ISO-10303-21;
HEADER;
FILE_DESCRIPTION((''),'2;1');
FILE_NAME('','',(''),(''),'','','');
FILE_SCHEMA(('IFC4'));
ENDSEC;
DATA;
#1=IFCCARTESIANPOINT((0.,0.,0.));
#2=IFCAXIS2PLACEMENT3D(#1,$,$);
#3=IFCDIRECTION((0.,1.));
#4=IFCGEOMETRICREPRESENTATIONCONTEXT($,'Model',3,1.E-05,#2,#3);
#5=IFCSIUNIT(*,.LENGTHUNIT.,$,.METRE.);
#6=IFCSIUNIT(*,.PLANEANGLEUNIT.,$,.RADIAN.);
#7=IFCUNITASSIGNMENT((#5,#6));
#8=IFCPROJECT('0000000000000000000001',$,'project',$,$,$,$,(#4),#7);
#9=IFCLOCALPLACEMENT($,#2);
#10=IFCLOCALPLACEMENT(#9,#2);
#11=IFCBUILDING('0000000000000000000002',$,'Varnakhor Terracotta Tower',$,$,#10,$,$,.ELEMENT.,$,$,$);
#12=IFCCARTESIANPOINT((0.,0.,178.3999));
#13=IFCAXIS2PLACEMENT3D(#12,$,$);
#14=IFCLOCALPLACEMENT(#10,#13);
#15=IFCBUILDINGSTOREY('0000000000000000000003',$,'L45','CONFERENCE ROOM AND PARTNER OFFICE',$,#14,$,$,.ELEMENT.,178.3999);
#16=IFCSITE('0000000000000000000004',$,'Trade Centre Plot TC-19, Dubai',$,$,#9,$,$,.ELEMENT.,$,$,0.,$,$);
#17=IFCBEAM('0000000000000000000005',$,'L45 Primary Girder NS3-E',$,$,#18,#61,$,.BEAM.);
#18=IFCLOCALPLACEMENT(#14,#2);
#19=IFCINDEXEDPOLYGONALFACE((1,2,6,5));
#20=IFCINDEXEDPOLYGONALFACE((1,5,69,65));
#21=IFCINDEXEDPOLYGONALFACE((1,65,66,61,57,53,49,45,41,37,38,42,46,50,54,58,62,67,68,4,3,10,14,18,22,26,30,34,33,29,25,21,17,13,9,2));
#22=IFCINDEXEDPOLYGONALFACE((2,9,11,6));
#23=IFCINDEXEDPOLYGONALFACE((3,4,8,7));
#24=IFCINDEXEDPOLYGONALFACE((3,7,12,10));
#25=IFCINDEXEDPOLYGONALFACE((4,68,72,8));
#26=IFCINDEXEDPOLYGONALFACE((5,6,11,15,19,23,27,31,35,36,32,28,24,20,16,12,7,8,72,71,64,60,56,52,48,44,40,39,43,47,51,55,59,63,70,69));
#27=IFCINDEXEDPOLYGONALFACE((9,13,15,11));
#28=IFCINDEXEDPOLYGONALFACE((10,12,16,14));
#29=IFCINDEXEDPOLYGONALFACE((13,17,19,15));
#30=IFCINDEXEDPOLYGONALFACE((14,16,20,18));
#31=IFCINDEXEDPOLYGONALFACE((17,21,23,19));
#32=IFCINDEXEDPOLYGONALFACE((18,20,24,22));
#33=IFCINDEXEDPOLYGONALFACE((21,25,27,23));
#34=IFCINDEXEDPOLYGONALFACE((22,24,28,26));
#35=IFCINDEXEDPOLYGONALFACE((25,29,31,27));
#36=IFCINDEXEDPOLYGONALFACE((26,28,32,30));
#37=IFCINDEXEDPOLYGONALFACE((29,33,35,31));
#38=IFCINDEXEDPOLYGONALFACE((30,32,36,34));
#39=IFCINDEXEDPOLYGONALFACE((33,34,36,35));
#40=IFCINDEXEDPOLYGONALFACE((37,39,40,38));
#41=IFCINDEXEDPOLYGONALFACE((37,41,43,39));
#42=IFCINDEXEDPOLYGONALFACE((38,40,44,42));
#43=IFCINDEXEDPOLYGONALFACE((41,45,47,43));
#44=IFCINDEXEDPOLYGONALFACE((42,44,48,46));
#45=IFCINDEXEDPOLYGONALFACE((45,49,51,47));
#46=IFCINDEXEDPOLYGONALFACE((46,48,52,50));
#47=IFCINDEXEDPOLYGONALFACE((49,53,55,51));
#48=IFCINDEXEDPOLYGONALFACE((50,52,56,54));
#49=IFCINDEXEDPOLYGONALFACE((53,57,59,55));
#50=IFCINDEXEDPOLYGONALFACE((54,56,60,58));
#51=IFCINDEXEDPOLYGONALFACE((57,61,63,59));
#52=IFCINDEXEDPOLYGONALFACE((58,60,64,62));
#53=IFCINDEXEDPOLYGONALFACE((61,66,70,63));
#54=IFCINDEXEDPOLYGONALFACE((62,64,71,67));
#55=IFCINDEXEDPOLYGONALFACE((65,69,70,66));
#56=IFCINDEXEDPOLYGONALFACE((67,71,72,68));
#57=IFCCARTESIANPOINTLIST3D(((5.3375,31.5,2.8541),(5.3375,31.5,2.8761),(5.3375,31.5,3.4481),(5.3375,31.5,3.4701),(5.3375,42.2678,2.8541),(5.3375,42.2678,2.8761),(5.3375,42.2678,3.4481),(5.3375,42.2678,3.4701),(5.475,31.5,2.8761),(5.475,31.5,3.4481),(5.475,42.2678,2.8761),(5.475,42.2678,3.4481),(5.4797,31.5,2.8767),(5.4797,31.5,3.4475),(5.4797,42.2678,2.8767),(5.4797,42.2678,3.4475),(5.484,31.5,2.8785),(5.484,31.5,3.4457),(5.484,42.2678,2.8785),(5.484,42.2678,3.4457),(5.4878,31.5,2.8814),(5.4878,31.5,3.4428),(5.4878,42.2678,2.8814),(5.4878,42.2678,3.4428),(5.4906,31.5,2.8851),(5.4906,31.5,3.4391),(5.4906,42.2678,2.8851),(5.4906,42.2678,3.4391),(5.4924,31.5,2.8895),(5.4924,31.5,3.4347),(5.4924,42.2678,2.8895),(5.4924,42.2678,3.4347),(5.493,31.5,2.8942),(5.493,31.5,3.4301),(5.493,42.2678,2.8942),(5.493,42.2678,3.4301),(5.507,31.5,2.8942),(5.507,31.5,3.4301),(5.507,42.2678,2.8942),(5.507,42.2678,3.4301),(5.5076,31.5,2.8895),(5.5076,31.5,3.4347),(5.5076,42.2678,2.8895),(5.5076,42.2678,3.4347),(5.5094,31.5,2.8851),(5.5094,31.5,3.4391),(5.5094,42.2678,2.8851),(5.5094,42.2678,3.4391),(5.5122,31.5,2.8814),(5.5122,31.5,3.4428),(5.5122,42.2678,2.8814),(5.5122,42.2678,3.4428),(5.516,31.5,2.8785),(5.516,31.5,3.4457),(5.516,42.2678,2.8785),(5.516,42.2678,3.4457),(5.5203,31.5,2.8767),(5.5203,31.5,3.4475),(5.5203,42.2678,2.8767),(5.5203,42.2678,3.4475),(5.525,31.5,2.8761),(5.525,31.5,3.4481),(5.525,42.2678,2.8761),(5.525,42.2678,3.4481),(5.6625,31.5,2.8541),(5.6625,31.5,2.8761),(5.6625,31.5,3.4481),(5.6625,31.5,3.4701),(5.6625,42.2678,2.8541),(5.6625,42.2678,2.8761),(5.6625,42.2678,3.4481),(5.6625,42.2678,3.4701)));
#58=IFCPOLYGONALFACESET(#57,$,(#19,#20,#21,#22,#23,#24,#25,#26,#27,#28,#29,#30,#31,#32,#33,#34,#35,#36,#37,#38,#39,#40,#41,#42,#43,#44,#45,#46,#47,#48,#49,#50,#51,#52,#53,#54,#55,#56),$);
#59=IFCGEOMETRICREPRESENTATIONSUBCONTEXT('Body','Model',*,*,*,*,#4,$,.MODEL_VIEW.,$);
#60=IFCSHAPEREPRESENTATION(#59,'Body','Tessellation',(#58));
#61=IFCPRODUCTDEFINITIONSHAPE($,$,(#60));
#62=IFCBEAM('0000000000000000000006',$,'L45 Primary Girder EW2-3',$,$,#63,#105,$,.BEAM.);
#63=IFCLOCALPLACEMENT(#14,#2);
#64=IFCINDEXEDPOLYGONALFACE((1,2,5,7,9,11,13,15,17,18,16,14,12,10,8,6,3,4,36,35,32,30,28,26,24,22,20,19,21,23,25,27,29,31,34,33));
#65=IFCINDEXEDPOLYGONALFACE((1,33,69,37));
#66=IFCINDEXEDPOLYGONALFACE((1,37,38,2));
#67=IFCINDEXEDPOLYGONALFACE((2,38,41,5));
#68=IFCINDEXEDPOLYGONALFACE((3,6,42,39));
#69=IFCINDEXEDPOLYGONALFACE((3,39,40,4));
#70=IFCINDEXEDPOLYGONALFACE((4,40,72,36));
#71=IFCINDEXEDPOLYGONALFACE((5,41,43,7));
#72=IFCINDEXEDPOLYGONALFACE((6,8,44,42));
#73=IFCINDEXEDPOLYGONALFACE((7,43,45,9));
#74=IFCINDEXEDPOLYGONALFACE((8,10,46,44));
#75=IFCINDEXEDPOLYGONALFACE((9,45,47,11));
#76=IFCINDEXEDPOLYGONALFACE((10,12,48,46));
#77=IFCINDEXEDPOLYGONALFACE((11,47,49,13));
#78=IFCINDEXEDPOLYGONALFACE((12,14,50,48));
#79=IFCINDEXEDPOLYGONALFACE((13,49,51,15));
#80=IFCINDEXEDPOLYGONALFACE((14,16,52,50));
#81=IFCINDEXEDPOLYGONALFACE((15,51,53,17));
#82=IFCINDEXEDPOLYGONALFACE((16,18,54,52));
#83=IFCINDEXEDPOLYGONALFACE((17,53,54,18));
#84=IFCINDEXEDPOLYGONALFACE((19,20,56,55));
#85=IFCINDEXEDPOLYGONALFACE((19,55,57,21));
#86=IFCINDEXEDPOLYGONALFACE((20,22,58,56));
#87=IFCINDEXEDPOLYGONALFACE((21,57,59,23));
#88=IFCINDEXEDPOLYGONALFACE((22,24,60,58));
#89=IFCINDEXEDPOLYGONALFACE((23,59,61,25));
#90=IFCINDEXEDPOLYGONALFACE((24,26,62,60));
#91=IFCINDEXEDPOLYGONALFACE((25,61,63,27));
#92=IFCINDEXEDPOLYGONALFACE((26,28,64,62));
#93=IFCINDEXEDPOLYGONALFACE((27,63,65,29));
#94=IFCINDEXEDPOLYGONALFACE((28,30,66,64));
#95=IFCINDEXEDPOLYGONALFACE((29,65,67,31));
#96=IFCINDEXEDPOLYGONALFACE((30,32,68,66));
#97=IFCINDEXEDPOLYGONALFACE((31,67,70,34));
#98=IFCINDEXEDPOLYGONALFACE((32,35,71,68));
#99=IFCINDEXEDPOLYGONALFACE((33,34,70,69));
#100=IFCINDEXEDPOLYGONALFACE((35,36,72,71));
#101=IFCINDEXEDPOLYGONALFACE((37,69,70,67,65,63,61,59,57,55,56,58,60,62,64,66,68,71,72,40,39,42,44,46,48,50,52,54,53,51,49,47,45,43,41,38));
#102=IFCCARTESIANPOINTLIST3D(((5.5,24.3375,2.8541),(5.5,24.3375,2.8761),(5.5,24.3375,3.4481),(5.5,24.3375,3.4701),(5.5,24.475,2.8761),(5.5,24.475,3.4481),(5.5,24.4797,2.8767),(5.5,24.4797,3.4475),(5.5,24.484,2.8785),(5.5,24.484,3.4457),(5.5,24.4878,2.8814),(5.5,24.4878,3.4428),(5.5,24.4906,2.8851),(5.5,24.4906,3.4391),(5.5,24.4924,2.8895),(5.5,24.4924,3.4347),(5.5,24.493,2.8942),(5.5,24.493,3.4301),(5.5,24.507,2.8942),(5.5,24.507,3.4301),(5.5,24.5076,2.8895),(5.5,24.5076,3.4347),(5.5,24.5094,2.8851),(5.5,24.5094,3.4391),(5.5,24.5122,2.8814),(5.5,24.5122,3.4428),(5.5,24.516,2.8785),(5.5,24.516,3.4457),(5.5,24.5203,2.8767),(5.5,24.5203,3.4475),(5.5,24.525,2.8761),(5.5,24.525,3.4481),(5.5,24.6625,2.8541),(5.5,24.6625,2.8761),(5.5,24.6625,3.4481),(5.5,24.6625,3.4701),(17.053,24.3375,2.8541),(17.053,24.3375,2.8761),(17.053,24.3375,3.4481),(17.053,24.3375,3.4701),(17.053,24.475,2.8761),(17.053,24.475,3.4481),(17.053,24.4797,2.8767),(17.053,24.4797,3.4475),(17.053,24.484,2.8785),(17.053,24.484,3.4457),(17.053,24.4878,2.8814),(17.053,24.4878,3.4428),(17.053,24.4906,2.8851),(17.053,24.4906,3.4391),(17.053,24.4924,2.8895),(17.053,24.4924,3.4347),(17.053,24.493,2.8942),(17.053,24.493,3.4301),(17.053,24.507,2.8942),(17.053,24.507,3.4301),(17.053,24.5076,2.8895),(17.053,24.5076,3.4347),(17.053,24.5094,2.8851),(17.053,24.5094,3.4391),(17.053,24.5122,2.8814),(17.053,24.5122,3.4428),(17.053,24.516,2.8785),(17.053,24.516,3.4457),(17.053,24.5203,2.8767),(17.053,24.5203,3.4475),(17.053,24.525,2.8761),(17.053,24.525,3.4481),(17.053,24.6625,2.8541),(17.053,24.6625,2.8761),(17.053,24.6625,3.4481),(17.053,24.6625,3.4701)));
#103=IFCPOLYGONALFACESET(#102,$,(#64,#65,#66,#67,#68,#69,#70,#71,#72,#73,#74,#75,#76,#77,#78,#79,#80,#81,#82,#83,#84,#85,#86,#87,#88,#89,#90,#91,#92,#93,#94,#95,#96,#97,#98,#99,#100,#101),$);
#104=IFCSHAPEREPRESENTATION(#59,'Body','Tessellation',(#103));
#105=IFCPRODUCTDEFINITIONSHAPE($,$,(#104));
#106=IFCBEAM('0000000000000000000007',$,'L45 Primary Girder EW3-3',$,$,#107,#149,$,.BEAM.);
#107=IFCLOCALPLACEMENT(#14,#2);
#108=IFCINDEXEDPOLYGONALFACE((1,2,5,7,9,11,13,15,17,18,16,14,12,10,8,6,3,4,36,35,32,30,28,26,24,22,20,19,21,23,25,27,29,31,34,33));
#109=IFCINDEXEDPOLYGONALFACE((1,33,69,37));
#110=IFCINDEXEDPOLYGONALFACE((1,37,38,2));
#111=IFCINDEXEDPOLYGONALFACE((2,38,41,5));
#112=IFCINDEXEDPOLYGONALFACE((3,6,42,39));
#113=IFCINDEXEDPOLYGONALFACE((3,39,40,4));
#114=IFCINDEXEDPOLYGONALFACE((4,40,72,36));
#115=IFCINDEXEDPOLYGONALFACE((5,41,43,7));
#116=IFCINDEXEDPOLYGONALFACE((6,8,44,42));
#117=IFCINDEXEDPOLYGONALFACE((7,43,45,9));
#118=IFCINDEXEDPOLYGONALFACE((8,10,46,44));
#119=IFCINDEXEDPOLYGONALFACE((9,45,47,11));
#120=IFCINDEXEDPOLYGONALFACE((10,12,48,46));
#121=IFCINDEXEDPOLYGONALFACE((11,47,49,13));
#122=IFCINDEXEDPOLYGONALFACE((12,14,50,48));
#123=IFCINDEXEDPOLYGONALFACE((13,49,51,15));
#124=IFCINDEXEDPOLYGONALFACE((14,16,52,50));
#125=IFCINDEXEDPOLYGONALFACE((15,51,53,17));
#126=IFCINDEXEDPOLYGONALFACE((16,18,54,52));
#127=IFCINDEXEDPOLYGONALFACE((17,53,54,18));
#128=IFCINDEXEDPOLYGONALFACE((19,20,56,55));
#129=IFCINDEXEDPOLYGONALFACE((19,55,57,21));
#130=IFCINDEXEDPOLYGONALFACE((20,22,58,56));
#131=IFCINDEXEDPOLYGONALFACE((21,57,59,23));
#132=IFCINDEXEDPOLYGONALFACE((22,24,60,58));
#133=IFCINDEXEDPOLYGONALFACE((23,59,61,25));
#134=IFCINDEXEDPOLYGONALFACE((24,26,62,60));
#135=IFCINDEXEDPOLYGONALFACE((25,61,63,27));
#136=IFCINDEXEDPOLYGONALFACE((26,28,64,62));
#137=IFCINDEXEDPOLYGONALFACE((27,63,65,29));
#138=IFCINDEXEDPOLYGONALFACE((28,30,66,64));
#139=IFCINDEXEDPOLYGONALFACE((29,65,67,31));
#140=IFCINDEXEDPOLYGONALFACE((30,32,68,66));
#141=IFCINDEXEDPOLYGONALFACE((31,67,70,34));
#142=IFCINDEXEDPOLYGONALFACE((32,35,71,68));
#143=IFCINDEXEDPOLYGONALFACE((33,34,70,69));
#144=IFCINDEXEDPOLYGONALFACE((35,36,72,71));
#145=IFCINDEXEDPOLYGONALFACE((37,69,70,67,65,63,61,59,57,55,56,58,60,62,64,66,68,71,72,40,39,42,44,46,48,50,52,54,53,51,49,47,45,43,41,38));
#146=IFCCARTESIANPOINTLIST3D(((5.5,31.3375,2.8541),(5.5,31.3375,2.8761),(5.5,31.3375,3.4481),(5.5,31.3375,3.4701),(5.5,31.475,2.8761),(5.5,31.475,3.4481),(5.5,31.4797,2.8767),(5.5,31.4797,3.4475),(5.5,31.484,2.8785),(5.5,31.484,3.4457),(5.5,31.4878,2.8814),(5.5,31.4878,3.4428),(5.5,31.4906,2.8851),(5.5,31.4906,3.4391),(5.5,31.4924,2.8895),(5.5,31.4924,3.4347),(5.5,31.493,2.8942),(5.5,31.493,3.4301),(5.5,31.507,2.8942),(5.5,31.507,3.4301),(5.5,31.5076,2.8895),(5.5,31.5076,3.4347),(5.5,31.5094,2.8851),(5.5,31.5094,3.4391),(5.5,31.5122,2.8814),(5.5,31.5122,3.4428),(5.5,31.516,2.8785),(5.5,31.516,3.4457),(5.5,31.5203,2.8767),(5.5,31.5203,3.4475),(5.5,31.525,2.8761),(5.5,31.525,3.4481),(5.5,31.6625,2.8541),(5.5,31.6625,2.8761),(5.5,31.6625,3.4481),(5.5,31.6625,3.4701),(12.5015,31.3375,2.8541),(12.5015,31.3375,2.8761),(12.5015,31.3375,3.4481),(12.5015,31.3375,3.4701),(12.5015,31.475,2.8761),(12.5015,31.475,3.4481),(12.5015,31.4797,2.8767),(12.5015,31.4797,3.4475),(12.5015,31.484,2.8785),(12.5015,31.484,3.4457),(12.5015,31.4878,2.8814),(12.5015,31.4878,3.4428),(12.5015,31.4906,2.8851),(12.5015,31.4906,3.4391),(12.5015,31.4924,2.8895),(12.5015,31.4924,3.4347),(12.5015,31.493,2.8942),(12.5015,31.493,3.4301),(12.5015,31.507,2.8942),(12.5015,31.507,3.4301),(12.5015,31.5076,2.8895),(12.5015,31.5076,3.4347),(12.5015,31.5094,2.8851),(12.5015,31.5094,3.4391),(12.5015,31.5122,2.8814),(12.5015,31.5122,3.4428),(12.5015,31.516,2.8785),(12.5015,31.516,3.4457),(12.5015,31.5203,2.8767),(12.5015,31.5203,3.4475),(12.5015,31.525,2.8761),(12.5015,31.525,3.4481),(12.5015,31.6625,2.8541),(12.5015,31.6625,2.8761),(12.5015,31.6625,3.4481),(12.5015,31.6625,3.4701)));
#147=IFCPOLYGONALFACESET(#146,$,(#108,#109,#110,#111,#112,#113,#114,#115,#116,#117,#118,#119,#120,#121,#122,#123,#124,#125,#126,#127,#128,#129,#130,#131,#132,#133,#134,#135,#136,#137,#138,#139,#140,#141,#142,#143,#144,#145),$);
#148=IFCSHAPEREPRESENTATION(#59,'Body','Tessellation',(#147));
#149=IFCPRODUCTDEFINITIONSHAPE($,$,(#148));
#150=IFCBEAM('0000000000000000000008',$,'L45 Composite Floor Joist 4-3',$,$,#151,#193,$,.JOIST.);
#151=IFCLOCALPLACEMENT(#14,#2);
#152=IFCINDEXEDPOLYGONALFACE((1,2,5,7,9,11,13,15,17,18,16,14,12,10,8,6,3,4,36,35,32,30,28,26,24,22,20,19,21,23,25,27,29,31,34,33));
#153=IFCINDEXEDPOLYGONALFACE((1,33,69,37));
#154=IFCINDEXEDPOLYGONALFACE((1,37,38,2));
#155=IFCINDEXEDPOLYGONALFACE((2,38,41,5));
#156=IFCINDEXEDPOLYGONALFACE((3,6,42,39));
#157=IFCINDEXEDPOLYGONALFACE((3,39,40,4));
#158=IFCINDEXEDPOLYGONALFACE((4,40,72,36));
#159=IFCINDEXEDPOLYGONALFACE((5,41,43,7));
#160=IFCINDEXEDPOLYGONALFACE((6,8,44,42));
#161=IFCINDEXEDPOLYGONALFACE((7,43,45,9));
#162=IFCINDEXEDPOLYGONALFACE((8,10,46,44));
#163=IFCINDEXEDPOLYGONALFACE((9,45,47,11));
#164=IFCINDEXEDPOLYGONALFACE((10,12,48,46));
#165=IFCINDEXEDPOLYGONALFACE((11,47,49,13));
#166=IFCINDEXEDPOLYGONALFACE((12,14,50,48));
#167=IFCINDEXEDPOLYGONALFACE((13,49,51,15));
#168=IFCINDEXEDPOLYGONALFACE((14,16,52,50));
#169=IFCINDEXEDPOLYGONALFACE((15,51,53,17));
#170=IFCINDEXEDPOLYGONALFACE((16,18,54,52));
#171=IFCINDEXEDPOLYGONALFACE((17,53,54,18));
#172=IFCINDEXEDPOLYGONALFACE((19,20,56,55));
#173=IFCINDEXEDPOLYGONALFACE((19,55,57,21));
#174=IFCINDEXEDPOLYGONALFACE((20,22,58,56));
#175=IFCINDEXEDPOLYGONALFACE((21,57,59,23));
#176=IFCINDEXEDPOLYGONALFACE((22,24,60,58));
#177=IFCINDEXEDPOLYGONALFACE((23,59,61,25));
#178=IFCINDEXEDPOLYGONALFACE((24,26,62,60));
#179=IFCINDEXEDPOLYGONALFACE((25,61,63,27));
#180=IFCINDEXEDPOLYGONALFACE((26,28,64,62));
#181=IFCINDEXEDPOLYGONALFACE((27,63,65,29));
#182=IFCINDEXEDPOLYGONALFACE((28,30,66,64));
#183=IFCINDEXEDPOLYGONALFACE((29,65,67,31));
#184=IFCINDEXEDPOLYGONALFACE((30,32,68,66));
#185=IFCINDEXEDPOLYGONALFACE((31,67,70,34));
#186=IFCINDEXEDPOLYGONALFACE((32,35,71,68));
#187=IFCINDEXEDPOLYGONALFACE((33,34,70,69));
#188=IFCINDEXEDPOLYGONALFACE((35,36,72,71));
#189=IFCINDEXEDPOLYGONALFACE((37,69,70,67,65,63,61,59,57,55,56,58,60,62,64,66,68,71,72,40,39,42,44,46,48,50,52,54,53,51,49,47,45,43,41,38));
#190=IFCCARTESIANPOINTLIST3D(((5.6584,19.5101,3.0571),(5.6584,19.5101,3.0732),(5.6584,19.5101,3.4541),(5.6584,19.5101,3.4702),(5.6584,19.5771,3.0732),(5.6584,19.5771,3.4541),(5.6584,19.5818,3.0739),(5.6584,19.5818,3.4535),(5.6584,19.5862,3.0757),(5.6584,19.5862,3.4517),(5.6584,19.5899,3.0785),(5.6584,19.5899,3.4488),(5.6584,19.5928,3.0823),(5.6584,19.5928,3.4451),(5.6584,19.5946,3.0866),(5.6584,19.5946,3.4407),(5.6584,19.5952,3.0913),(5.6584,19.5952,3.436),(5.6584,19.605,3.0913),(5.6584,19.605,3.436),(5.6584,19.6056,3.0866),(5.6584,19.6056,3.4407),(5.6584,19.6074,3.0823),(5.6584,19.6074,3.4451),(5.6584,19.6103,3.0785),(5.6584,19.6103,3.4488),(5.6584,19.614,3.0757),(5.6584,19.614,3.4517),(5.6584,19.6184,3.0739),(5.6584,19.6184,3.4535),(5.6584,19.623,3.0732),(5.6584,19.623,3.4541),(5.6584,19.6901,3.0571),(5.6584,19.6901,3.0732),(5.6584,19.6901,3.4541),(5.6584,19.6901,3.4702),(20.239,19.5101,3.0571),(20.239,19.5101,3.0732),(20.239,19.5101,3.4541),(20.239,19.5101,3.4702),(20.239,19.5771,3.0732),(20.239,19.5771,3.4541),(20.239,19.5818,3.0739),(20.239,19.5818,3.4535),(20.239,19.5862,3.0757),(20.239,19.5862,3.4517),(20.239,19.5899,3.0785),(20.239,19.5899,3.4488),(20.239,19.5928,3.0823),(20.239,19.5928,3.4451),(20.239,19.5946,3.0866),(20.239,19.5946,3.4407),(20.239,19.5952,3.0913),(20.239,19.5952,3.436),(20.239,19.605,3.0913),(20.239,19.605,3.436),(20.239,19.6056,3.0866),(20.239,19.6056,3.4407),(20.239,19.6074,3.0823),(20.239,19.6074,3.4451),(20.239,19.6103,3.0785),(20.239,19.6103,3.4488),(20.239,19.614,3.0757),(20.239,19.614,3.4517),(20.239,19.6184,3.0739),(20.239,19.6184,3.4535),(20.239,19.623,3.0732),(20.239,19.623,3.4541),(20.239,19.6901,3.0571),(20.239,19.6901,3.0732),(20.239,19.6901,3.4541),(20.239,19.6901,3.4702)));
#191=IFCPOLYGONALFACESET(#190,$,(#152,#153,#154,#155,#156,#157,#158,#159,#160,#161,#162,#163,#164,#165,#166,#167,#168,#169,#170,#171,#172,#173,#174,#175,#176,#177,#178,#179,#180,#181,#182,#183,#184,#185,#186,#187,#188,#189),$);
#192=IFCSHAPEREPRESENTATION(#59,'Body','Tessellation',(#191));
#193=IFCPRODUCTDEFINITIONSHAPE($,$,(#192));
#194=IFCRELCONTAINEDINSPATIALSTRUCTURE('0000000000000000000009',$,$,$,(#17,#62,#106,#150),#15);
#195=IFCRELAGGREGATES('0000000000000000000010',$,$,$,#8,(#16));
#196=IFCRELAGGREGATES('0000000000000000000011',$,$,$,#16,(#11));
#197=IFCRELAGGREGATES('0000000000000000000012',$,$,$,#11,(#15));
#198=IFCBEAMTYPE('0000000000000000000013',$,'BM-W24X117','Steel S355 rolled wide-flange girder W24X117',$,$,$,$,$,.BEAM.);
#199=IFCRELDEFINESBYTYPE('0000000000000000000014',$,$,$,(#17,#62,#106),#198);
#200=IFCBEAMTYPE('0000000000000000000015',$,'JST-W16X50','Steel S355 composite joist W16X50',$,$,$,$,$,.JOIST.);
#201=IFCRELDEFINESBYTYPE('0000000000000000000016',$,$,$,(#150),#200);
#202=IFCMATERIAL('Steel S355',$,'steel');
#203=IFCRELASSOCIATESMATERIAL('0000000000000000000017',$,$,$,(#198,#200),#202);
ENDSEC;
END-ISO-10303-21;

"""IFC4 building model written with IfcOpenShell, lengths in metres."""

from ifc_helpers import new_model, si_unit, direction, frame, origin, origin_2d, place, context, subcontext, project, spatial, i_section, extrude, source, transform, mapped, material, material_profile, profile_set, type_object, element, save


model = new_model("IFC4")

# Units and contexts
model_context = context("Model", 3, precision=1e-05, world=origin(), true_north=direction((0.0, 1.0)))
body_context = subcontext(model_context, "Body", "Model", "MODEL_VIEW")
ifc_project = project(units=[si_unit("LENGTHUNIT", "METRE"), si_unit("PLANEANGLEUNIT", "RADIAN")], contexts=[model_context])

# Site, building, storey
site_placement = place(None, origin())
site = spatial("IfcSite", under=ifc_project, at=site_placement, Name="Trade Centre Plot TC-19, Dubai", CompositionType="ELEMENT", RefElevation=0.0)
building_placement = place(site_placement, origin())
building = spatial("IfcBuilding", under=site, at=building_placement, Name="Varnakhor Terracotta Tower", CompositionType="ELEMENT")
storey_placement = place(building_placement, frame((0.0, 0.0, 178.3999)))
storey = spatial("IfcBuildingStorey", under=building, at=storey_placement, Name="L45", Description="CONFERENCE ROOM AND PARTNER OFFICE", CompositionType="ELEMENT", Elevation=178.3999)

# Beams
ifc_material_1 = material(Name="Steel S355", Category="steel")
ifc_material_profile_1 = material_profile(ifc_material_1, i_section(OverallWidth=0.325, OverallDepth=0.616, WebThickness=0.0139, FlangeThickness=0.022, FilletRadius=0.0181, at=origin_2d()), Name="W24X117")
ifc_profile_set_1 = profile_set([ifc_material_profile_1], Name="Steel S355")
beam_type_1 = type_object("IfcBeamType", Name="BM-W24X117", Description="Steel S355 rolled wide-flange girder W24X117", PredefinedType="BEAM", material=ifc_profile_set_1)
shared_shape_1 = source(origin(), body_context, "Body", "SweptSolid", [
    extrude(i_section(OverallWidth=0.325, OverallDepth=0.616, WebThickness=0.0139, FlangeThickness=0.022, FilletRadius=0.0181, at=origin_2d()), origin(), (0.0, 0.0, 1.0), 10.7678),
])
beam_1_placement = place(storey_placement, frame((5.5, 31.5, 3.1621), z_axis=(0.0, 1.0, 0.0), x_axis=(-1.0, 0.0, 0.0)))
element("IfcBeam", 1, at=beam_1_placement, inside=storey, type_object=beam_type_1, Name="L45 Primary Girder NS3-E", PredefinedType="BEAM", context=body_context, shape_type="MappedRepresentation", body=[
    mapped(shared_shape_1, transform((0.0, 0.0, 0.0), scale=1.0)),
])
shared_shape_2 = source(origin(), body_context, "Body", "SweptSolid", [
    extrude(i_section(OverallWidth=0.325, OverallDepth=0.616, WebThickness=0.0139, FlangeThickness=0.022, FilletRadius=0.0181, at=origin_2d()), origin(), (0.0, 0.0, 1.0), 11.553),
])
beam_2_placement = place(storey_placement, frame((5.5, 24.5, 3.1621), z_axis=(1.0, 0.0, 0.0), x_axis=(0.0, 1.0, 0.0)))
element("IfcBeam", 2, at=beam_2_placement, inside=storey, type_object=beam_type_1, Name="L45 Primary Girder EW2-3", PredefinedType="BEAM", context=body_context, shape_type="MappedRepresentation", body=[
    mapped(shared_shape_2, transform((0.0, 0.0, 0.0), scale=1.0)),
])
shared_shape_3 = source(origin(), body_context, "Body", "SweptSolid", [
    extrude(i_section(OverallWidth=0.325, OverallDepth=0.616, WebThickness=0.0139, FlangeThickness=0.022, FilletRadius=0.0181, at=origin_2d()), origin(), (0.0, 0.0, 1.0), 7.0015),
])
beam_3_placement = place(storey_placement, frame((5.5, 31.5, 3.1621), z_axis=(1.0, 0.0, 0.0), x_axis=(0.0, 1.0, 0.0)))
element("IfcBeam", 3, at=beam_3_placement, inside=storey, type_object=beam_type_1, Name="L45 Primary Girder EW3-3", PredefinedType="BEAM", context=body_context, shape_type="MappedRepresentation", body=[
    mapped(shared_shape_3, transform((0.0, 0.0, 0.0), scale=1.0)),
])
ifc_material_profile_2 = material_profile(ifc_material_1, i_section(OverallWidth=0.1799, OverallDepth=0.4131, WebThickness=0.0098, FlangeThickness=0.0161, FilletRadius=0.0181, at=origin_2d()), Name="W16X50")
ifc_profile_set_2 = profile_set([ifc_material_profile_2], Name="Steel S355")
beam_type_2 = type_object("IfcBeamType", Name="JST-W16X50", Description="Steel S355 composite joist W16X50", PredefinedType="JOIST", material=ifc_profile_set_2)
shared_shape_4 = source(origin(), body_context, "Body", "SweptSolid", [
    extrude(i_section(OverallWidth=0.1799, OverallDepth=0.4131, WebThickness=0.0098, FlangeThickness=0.0161, FilletRadius=0.0181, at=origin_2d()), origin(), (0.0, 0.0, 1.0), 14.5806),
])
beam_4_placement = place(storey_placement, frame((5.6584, 19.6001, 3.2637), z_axis=(1.0, 0.0, 0.0), x_axis=(0.0, 1.0, 0.0)))
element("IfcBeam", 4, at=beam_4_placement, inside=storey, type_object=beam_type_2, Name="L45 Composite Floor Joist 4-3", PredefinedType="JOIST", context=body_context, shape_type="MappedRepresentation", body=[
    mapped(shared_shape_4, transform((0.0, 0.0, 0.0), scale=1.0)),
])

save(model, "model.ifc")
